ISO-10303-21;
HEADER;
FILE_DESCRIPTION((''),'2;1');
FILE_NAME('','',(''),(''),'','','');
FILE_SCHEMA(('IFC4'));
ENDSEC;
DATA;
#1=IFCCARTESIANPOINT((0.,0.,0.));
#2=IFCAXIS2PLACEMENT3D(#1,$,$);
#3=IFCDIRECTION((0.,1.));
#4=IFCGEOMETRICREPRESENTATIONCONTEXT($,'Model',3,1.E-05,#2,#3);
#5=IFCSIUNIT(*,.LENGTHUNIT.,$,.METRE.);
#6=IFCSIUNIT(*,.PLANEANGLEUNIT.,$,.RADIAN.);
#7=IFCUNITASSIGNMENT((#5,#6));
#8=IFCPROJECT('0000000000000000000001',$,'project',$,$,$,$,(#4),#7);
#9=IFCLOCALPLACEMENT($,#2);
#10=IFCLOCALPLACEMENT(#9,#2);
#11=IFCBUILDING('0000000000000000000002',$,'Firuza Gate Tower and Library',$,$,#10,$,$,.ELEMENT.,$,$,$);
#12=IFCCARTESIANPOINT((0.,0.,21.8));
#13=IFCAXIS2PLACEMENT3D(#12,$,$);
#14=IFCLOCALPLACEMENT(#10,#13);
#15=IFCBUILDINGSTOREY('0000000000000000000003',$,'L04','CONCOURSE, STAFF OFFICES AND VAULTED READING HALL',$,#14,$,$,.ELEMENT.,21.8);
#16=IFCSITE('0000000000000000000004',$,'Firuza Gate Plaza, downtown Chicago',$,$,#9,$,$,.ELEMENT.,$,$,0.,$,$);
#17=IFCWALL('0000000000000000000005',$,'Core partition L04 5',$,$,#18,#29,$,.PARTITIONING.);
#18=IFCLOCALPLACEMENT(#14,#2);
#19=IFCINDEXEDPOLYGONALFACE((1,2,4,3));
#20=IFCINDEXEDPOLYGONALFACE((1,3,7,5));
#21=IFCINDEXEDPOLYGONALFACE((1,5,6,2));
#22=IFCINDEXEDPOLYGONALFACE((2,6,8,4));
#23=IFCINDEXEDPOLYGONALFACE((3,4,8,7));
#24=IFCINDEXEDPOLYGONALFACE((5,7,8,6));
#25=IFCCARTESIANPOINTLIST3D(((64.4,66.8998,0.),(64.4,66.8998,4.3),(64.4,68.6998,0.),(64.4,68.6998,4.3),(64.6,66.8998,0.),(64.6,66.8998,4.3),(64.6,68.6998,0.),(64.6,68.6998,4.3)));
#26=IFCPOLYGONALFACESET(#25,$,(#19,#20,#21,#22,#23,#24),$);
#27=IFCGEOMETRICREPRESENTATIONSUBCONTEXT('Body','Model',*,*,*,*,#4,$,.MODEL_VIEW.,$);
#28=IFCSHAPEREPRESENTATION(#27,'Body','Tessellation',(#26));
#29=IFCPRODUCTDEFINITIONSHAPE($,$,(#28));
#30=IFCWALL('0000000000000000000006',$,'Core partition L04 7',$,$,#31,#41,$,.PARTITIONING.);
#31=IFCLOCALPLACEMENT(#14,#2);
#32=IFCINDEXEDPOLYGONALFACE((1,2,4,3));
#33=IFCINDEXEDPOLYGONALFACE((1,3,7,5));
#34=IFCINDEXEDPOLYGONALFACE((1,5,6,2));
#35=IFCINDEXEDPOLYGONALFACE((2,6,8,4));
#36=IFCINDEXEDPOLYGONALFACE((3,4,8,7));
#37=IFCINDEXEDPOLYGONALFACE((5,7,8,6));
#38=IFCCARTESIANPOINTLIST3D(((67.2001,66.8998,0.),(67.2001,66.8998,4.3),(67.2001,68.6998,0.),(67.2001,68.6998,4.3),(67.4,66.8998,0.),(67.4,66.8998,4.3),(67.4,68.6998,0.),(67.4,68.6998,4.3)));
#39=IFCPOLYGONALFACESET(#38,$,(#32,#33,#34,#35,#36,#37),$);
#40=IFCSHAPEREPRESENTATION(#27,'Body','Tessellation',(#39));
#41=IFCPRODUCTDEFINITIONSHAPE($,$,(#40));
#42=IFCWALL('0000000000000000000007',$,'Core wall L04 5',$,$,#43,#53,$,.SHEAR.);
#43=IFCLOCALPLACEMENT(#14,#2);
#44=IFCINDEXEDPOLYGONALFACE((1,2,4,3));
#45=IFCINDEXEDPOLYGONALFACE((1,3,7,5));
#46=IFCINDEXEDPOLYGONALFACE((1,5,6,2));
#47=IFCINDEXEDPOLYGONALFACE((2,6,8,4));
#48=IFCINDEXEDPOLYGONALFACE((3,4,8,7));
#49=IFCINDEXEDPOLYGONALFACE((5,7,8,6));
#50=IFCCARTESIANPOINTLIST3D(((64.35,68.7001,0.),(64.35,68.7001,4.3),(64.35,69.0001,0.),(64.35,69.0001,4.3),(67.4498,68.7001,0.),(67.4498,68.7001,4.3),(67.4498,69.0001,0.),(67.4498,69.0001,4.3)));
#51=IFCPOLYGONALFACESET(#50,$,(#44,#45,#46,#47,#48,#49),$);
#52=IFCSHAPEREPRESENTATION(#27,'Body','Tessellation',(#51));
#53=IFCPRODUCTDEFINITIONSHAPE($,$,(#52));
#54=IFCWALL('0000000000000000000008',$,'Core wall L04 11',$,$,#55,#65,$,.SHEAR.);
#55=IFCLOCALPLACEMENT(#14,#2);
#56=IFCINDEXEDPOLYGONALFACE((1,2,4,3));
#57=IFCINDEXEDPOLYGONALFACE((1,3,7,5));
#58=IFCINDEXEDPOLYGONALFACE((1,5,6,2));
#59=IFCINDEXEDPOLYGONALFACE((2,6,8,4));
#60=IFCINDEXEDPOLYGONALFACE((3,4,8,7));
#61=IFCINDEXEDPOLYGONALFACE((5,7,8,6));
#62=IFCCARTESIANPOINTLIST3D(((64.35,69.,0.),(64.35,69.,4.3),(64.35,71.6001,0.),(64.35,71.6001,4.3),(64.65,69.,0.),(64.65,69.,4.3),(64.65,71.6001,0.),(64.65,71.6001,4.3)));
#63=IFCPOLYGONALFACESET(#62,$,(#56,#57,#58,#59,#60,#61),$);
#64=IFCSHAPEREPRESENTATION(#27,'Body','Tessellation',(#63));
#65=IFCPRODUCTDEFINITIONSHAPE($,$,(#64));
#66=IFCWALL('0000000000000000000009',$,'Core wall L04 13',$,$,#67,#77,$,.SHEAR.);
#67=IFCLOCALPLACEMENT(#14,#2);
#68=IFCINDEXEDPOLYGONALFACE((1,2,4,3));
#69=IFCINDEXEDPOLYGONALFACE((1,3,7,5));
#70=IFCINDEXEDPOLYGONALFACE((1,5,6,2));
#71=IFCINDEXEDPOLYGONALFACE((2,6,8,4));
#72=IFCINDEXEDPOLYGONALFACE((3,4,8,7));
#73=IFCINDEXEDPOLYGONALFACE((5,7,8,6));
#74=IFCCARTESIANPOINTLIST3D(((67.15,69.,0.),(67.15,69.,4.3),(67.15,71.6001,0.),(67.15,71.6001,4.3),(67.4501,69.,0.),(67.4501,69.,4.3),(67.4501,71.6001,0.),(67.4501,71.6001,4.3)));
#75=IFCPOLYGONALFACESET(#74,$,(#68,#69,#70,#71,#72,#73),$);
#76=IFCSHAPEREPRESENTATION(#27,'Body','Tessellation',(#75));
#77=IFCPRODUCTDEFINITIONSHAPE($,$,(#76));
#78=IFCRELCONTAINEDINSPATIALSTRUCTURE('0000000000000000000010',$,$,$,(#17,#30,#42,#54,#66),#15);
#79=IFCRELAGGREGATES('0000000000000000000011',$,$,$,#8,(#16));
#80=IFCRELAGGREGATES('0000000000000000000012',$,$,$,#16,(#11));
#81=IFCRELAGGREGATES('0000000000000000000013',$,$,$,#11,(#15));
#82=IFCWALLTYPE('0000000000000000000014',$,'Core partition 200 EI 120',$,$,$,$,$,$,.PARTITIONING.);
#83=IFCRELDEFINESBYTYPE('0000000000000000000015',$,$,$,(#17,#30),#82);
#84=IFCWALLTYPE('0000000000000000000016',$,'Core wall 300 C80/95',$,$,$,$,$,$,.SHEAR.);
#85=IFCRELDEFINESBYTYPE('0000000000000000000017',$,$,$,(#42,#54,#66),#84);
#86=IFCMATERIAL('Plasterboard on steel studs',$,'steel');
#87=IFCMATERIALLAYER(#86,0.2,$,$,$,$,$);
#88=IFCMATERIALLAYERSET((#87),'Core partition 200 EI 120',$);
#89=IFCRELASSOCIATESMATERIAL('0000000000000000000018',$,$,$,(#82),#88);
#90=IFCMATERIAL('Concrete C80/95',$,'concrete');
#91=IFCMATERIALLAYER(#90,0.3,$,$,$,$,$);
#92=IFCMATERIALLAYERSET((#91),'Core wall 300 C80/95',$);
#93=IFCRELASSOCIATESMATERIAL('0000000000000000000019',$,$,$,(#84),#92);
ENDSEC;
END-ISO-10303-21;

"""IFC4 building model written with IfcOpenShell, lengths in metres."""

from ifc_helpers import new_model, si_unit, direction, frame, frame_2d, origin, place, context, subcontext, project, spatial, rectangle, extrude, material, layer, layer_set, type_object, element, save


model = new_model("IFC4")

# Units and contexts
model_context = context("Model", 3, precision=1e-05, world=origin(), true_north=direction((0.0, 1.0)))
body_context = subcontext(model_context, "Body", "Model", "MODEL_VIEW")
ifc_project = project(units=[si_unit("LENGTHUNIT", "METRE"), si_unit("PLANEANGLEUNIT", "RADIAN")], contexts=[model_context])

# Site, building, storey
site_placement = place(None, origin())
site = spatial("IfcSite", under=ifc_project, at=site_placement, Name="Firuza Gate Plaza, downtown Chicago", CompositionType="ELEMENT", RefElevation=0.0)
building_placement = place(site_placement, origin())
building = spatial("IfcBuilding", under=site, at=building_placement, Name="Firuza Gate Tower and Library", CompositionType="ELEMENT")
storey_placement = place(building_placement, frame((0.0, 0.0, 21.8)))
storey = spatial("IfcBuildingStorey", under=building, at=storey_placement, Name="L04", Description="CONCOURSE, STAFF OFFICES AND VAULTED READING HALL", CompositionType="ELEMENT", Elevation=21.8)

# Walls
ifc_material_1 = material(Name="Plasterboard on steel studs", Category="steel")
ifc_layer_1 = layer(ifc_material_1, 0.2)
ifc_layer_set_1 = layer_set([ifc_layer_1], Name="Core partition 200 EI 120")
wall_type_1 = type_object("IfcWallType", Name="Core partition 200 EI 120", PredefinedType="PARTITIONING", material=ifc_layer_set_1)
for number, where, z_axis, x_axis, name in (
    (1, (64.5, 66.8999, 0.0), (0.0, 0.0, 1.0), (0.0, 1.0, 0.0), "Core partition L04 5"),
    (2, (67.3, 66.8999, 0.0), (0.0, 0.0, 1.0), (0.0, 1.0, 0.0), "Core partition L04 7"),
):
    element("IfcWall", number, at=place(storey_placement, frame(where, z_axis=z_axis, x_axis=x_axis)), inside=storey, type_object=wall_type_1, Name=name, PredefinedType="PARTITIONING", context=body_context, shape_type="SweptSolid", body=[
        extrude(rectangle(XDim=1.8, YDim=0.2, at=frame_2d((0.8999, 0.0))), origin(), (0.0, 0.0, 1.0), 4.3),
    ])
ifc_material_2 = material(Name="Concrete C80/95", Category="concrete")
ifc_layer_2 = layer(ifc_material_2, 0.3)
ifc_layer_set_2 = layer_set([ifc_layer_2], Name="Core wall 300 C80/95")
wall_type_2 = type_object("IfcWallType", Name="Core wall 300 C80/95", PredefinedType="SHEAR", material=ifc_layer_set_2)
wall_placement = place(storey_placement, frame((64.3501, 68.8501, 0.0), z_axis=(0.0, 0.0, 1.0), x_axis=(1.0, 0.0, 0.0)))
element("IfcWall", 3, at=wall_placement, inside=storey, type_object=wall_type_2, Name="Core wall L04 5", PredefinedType="SHEAR", context=body_context, shape_type="SweptSolid", body=[
    extrude(rectangle(XDim=3.0999, YDim=0.3, at=frame_2d((1.5498, 0.0))), origin(), (0.0, 0.0, 1.0), 4.3),
])
for number, where, z_axis, x_axis, name in (
    (4, (64.5, 69.0, 0.0), (0.0, 0.0, 1.0), (0.0, 1.0, 0.0), "Core wall L04 11"),
    (5, (67.3, 69.0, 0.0), (0.0, 0.0, 1.0), (0.0, 1.0, 0.0), "Core wall L04 13"),
):
    element("IfcWall", number, at=place(storey_placement, frame(where, z_axis=z_axis, x_axis=x_axis)), inside=storey, type_object=wall_type_2, Name=name, PredefinedType="SHEAR", context=body_context, shape_type="SweptSolid", body=[
        extrude(rectangle(XDim=2.6001, YDim=0.3, at=frame_2d((1.3, 0.0))), origin(), (0.0, 0.0, 1.0), 4.3),
    ])

save(model, "model.ifc")
